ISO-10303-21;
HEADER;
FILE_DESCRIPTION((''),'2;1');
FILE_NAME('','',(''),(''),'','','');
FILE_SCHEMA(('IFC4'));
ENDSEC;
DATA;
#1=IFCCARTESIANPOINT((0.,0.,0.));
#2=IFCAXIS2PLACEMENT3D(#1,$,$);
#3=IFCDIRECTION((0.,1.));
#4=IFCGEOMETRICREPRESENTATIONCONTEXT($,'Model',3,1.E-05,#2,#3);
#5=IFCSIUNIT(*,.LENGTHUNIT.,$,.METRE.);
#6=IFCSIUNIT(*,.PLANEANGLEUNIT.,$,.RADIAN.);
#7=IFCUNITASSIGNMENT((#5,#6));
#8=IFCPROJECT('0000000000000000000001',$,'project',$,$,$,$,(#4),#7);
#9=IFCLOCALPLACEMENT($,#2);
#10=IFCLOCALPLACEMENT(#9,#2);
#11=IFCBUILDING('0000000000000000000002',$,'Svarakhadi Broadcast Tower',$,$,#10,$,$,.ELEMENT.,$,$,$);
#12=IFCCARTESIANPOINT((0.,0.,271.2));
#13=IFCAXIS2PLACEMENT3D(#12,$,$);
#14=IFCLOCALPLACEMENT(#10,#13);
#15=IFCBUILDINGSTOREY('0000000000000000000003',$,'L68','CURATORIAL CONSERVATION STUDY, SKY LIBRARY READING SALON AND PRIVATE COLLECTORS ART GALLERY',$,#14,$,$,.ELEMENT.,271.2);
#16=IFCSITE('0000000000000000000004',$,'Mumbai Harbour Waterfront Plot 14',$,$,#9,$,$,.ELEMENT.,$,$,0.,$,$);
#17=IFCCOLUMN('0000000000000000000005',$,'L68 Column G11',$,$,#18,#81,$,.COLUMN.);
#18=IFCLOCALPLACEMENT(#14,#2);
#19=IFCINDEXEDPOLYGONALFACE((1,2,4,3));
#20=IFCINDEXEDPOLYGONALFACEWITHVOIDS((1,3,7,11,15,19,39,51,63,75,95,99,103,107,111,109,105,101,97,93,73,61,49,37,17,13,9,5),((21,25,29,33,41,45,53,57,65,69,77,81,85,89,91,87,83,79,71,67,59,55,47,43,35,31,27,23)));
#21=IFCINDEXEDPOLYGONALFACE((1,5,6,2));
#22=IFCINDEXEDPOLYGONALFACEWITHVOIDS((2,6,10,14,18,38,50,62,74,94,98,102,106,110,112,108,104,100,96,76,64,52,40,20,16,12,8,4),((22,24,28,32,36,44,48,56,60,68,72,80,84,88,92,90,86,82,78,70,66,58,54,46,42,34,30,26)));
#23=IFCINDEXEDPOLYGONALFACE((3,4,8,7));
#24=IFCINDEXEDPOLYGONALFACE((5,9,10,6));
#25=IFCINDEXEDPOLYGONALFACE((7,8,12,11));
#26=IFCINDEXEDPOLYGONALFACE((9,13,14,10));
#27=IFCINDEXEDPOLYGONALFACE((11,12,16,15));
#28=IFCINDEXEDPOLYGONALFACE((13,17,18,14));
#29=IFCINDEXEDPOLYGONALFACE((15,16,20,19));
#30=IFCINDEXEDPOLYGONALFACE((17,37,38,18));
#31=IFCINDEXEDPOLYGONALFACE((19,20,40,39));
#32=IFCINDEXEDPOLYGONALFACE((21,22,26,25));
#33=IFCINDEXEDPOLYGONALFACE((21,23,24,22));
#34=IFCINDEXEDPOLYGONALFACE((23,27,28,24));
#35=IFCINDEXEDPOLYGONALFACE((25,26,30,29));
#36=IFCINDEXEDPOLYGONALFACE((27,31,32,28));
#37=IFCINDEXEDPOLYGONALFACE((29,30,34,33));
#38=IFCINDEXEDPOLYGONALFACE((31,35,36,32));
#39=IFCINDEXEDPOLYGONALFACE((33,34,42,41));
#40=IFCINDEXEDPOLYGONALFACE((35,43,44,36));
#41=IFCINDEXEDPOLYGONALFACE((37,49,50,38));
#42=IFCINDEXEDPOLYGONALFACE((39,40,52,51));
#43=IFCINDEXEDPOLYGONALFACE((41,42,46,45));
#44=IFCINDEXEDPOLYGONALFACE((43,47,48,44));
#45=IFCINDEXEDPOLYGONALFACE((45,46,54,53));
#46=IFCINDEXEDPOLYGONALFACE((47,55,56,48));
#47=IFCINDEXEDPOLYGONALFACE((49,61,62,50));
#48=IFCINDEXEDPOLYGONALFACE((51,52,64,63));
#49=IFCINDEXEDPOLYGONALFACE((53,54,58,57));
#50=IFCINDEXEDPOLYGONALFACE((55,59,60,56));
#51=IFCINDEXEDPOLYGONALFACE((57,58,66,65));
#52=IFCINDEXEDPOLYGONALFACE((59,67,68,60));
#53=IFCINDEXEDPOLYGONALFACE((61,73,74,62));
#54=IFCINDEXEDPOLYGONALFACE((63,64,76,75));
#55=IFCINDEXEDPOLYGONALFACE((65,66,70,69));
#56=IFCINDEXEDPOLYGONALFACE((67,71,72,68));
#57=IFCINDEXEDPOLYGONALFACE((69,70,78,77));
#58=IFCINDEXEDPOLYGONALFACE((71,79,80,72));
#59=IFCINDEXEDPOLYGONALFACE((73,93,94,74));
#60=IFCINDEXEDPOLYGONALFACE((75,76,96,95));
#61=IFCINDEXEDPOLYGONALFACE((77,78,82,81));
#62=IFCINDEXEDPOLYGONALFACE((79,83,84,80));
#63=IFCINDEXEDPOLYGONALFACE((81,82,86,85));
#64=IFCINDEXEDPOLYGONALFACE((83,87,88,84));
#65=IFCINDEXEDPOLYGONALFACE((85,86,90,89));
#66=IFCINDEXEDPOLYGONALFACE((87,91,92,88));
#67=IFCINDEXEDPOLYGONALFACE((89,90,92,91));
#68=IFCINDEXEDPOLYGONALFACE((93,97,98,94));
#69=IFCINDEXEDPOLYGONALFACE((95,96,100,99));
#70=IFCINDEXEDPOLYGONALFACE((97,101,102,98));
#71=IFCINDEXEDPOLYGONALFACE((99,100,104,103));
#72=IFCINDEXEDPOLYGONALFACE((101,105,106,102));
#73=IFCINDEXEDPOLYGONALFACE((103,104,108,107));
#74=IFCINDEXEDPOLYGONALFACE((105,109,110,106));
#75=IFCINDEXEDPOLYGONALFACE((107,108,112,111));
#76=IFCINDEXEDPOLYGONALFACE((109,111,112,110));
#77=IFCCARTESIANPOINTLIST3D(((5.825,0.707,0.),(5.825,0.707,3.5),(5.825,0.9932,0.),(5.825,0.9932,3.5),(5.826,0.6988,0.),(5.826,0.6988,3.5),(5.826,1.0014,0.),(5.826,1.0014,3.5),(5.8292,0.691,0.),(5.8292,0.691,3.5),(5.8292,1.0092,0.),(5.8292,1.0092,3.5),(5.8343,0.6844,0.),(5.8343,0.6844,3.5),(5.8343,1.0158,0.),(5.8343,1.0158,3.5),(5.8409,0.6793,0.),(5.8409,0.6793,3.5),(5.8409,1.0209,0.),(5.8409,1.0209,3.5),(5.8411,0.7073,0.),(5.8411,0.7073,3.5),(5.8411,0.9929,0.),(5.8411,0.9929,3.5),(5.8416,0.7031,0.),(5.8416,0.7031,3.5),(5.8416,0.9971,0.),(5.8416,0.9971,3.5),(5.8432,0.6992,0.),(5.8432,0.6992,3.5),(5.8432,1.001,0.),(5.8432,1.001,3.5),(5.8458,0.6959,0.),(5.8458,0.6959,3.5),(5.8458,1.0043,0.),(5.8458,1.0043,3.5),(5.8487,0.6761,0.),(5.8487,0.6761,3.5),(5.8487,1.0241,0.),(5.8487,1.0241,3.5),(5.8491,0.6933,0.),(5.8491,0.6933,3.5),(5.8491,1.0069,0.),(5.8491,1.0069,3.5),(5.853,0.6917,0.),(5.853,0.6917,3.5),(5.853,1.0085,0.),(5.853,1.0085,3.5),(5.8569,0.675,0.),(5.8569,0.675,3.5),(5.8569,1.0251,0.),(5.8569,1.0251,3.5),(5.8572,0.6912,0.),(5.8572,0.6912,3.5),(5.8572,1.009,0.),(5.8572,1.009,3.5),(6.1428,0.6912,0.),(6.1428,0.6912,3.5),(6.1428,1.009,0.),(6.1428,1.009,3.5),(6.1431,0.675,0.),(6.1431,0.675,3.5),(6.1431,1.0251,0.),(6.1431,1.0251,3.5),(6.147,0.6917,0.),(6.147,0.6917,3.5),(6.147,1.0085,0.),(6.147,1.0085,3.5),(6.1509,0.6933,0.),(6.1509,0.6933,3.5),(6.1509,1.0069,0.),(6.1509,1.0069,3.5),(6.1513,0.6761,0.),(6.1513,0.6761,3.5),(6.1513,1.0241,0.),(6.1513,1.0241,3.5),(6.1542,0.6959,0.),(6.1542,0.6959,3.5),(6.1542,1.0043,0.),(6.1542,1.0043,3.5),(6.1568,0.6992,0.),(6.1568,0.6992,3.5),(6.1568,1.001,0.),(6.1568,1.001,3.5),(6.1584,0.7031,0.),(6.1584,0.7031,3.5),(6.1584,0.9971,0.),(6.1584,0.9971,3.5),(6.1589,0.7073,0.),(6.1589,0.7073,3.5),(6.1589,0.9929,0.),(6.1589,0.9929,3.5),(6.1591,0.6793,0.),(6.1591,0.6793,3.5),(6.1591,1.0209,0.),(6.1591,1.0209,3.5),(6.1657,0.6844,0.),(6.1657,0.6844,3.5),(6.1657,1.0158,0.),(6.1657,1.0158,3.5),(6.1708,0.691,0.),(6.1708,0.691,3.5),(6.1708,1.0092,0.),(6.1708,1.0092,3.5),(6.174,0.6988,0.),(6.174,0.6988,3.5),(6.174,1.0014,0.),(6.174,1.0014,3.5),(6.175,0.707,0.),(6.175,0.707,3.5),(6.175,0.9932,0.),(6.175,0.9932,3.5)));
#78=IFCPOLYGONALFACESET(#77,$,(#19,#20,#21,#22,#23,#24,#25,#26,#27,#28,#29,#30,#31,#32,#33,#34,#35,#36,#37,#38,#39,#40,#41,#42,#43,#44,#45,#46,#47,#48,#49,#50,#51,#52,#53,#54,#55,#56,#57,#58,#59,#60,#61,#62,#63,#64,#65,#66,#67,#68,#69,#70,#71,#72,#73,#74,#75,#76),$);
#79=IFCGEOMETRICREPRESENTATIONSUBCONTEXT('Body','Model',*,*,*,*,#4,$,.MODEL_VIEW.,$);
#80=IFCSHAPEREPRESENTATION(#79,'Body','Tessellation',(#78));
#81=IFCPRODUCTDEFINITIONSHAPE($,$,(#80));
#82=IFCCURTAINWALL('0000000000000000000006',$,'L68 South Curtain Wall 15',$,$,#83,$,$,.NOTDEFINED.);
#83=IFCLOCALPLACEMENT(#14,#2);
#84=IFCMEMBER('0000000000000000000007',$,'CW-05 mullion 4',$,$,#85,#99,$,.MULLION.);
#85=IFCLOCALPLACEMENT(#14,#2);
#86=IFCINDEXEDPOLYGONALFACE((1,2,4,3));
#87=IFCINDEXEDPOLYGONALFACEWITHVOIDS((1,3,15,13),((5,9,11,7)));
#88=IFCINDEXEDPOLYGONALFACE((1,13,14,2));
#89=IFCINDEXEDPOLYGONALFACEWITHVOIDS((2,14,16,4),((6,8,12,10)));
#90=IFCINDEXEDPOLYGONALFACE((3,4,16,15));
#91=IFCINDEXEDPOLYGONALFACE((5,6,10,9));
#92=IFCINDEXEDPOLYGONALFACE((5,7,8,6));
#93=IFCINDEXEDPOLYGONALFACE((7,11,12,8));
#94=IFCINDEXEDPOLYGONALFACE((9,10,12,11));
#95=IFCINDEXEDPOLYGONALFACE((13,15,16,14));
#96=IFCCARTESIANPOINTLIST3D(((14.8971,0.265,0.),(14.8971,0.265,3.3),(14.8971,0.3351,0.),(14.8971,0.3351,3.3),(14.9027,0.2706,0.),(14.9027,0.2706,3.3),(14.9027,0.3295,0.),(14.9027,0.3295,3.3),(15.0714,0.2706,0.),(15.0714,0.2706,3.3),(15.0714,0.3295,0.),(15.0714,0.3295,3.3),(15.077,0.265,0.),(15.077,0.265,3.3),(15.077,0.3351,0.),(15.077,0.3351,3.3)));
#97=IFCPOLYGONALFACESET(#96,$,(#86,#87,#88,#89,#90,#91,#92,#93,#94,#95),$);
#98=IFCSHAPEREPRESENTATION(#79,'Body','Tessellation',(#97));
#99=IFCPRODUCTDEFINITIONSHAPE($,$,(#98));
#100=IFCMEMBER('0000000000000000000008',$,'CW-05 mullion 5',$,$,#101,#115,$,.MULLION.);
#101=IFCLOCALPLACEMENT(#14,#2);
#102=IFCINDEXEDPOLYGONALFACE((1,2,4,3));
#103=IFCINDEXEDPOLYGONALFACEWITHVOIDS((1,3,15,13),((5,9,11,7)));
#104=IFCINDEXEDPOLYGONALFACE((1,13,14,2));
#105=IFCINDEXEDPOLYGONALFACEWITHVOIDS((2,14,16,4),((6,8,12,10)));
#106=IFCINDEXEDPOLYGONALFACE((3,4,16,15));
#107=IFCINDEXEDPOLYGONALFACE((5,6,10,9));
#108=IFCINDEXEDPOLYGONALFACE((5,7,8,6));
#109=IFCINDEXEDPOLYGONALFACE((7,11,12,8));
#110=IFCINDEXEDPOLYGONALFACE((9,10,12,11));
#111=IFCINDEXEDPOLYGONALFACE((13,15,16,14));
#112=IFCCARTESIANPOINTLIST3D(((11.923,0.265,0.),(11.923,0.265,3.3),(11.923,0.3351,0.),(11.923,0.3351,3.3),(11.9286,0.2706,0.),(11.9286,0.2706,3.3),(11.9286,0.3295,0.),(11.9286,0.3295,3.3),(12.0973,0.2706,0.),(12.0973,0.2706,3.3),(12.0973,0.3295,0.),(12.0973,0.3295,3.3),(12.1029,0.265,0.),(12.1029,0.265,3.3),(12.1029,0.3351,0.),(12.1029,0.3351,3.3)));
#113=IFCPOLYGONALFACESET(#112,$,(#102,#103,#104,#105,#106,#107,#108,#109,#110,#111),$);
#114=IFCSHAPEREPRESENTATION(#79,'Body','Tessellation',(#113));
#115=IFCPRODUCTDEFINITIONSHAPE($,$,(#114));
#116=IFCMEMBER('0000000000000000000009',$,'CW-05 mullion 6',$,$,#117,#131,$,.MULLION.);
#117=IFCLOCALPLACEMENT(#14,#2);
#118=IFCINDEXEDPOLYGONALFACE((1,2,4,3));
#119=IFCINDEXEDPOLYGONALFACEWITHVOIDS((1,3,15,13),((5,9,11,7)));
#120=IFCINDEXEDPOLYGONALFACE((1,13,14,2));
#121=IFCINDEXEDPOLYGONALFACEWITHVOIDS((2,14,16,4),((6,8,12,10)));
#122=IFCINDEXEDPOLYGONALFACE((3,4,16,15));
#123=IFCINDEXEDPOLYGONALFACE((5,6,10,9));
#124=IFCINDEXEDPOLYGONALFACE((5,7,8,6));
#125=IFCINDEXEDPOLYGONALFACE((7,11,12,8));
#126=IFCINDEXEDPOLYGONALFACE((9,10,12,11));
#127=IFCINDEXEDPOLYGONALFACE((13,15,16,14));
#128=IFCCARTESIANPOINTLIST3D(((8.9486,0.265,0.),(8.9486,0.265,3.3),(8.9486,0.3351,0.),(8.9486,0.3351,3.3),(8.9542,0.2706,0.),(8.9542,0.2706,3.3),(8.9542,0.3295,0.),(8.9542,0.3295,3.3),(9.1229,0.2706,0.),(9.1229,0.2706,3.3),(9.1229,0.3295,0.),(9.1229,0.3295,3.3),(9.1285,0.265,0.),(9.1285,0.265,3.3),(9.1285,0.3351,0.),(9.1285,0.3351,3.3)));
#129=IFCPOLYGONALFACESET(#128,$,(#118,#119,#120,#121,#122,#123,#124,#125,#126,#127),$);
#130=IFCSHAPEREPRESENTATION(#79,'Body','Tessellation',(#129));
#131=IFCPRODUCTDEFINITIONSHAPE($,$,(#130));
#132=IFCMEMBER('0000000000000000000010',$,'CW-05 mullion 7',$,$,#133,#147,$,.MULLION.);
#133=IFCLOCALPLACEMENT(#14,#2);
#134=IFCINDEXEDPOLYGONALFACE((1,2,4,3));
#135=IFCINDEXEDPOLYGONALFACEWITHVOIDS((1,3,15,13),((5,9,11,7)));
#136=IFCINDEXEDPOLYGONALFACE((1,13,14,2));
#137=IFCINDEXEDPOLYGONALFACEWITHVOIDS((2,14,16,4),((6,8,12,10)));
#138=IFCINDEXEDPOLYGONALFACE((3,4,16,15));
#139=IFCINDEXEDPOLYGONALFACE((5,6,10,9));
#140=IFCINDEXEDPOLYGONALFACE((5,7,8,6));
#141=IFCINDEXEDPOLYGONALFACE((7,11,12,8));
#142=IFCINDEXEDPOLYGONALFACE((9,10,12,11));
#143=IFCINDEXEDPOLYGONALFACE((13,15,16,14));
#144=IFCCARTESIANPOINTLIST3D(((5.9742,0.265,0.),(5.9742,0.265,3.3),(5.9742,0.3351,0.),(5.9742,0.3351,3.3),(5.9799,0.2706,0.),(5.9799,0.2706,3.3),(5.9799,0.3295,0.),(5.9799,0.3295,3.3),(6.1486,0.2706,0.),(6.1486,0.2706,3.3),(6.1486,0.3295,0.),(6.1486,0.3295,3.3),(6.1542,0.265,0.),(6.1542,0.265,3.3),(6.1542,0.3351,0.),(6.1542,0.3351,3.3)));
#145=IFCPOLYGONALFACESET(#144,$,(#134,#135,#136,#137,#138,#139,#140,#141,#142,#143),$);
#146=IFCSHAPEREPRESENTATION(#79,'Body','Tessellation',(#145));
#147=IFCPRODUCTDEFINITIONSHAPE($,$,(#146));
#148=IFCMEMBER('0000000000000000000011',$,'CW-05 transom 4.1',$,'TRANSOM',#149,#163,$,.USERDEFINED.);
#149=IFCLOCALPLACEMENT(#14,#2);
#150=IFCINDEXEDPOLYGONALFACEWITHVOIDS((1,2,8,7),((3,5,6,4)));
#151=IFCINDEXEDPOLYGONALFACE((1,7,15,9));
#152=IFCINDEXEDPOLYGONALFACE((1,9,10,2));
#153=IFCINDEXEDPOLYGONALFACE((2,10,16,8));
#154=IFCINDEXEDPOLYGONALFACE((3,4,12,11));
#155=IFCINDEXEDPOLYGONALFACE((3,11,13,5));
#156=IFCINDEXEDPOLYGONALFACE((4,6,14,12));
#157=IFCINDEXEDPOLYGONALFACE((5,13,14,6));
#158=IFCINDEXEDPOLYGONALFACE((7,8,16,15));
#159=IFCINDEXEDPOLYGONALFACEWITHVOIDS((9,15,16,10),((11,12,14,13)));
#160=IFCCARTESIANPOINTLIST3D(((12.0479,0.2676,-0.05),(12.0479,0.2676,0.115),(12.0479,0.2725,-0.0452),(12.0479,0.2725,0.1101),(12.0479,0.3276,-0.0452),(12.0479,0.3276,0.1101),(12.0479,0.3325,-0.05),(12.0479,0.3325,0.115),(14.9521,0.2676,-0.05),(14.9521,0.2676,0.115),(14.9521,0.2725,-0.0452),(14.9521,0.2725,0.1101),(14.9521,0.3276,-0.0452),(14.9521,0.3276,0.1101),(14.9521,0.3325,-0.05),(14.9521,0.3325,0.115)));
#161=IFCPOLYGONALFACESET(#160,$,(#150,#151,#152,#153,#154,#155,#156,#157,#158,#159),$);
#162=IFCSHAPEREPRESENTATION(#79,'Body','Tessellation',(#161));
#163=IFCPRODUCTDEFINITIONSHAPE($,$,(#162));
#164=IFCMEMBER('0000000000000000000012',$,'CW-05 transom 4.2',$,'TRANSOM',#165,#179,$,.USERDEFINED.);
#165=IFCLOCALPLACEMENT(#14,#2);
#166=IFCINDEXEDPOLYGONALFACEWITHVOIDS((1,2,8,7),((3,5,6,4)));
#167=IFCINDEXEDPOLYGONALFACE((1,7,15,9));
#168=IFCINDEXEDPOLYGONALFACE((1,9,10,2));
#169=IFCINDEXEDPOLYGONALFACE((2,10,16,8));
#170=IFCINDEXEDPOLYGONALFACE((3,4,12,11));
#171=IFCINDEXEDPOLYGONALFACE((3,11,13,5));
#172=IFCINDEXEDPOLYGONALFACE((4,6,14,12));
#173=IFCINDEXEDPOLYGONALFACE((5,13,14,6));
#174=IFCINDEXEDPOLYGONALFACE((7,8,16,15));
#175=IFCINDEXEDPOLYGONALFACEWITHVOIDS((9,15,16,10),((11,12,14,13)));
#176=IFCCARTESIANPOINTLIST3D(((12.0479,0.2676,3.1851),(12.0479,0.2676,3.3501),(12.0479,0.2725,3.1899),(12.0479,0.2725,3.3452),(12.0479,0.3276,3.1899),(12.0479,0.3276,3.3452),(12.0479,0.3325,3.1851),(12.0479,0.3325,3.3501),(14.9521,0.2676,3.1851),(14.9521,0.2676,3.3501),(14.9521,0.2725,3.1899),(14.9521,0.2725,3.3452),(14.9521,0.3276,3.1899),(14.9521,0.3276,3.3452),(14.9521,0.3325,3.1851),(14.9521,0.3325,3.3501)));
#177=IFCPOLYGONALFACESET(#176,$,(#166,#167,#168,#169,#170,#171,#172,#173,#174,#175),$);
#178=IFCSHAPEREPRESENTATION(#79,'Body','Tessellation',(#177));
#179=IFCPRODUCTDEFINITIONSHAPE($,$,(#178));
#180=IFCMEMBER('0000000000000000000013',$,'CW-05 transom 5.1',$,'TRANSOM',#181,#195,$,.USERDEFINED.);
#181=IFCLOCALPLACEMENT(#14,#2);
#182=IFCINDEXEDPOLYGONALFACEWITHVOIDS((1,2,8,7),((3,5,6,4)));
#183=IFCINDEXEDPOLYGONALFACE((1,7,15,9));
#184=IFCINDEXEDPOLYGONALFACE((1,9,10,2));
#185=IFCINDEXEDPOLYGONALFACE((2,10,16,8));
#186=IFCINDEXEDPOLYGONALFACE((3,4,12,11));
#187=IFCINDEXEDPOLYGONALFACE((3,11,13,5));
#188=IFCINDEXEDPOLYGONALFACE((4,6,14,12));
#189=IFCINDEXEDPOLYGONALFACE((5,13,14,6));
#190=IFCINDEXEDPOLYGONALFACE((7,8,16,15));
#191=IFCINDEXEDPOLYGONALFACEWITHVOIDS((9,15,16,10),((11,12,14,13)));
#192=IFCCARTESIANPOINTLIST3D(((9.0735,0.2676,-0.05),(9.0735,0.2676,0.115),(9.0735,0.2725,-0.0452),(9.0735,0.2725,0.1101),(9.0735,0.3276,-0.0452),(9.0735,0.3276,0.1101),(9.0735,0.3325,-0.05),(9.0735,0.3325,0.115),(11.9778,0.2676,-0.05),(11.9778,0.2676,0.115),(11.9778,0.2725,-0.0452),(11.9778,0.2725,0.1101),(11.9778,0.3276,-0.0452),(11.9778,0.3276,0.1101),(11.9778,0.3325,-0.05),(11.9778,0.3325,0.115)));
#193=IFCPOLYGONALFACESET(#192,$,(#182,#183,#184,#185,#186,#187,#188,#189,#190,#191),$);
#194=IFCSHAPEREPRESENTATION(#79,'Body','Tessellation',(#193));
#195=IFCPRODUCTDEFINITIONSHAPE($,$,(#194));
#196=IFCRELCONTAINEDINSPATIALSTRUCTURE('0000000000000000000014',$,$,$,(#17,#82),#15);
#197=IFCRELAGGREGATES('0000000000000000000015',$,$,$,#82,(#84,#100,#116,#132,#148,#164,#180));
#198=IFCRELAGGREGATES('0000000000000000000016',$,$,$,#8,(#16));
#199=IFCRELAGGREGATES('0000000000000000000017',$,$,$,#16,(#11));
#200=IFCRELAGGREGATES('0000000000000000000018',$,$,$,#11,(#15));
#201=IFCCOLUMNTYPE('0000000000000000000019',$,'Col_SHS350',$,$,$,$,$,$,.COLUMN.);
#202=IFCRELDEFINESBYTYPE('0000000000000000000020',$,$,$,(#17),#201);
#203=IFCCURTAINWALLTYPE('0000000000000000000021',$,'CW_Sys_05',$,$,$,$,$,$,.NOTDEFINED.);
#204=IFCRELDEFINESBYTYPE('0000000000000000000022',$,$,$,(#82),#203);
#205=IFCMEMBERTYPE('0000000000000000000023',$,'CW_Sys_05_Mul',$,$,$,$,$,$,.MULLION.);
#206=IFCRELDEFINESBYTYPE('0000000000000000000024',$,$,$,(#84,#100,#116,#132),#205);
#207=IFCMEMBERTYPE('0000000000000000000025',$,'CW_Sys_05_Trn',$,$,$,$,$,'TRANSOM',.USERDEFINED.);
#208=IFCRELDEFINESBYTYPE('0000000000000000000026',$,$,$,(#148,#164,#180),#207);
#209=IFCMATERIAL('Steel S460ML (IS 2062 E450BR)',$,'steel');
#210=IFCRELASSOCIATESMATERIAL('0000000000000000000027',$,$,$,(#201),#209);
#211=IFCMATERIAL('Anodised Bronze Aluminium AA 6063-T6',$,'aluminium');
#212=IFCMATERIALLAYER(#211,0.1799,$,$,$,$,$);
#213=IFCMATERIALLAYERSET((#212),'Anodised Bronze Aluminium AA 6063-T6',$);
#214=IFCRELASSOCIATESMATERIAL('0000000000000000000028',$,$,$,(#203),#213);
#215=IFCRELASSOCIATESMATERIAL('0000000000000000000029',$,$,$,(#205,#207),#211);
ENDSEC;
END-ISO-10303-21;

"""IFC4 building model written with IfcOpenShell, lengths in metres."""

from ifc_helpers import new_model, si_unit, direction, frame, origin, origin_2d, place, context, subcontext, project, spatial, hollow_rectangle, extrude, material, layer, layer_set, material_profile, profile_set, type_object, element, aggregate, save


model = new_model("IFC4")

# Units and contexts
model_context = context("Model", 3, precision=1e-05, world=origin(), true_north=direction((0.0, 1.0)))
body_context = subcontext(model_context, "Body", "Model", "MODEL_VIEW")
ifc_project = project(units=[si_unit("LENGTHUNIT", "METRE"), si_unit("PLANEANGLEUNIT", "RADIAN")], contexts=[model_context])

# Site, building, storey
site_placement = place(None, origin())
site = spatial("IfcSite", under=ifc_project, at=site_placement, Name="Mumbai Harbour Waterfront Plot 14", CompositionType="ELEMENT", RefElevation=0.0)
building_placement = place(site_placement, origin())
building = spatial("IfcBuilding", under=site, at=building_placement, Name="Svarakhadi Broadcast Tower", CompositionType="ELEMENT")
storey_placement = place(building_placement, frame((0.0, 0.0, 271.2)))
storey = spatial("IfcBuildingStorey", under=building, at=storey_placement, Name="L68", Description="CURATORIAL CONSERVATION STUDY, SKY LIBRARY READING SALON AND PRIVATE COLLECTORS ART GALLERY", CompositionType="ELEMENT", Elevation=271.2)

# Column
ifc_material_1 = material(Name="Steel S460ML (IS 2062 E450BR)", Category="steel")
ifc_material_profile_1 = material_profile(ifc_material_1, hollow_rectangle(XDim=0.3501, YDim=0.3501, WallThickness=0.0161, InnerFilletRadius=0.0161, OuterFilletRadius=0.032, at=origin_2d()), Name="SHS 350x350x16")
ifc_profile_set_1 = profile_set([ifc_material_profile_1], Name="Steel S460ML (IS 2062 E450BR)")
column_type = type_object("IfcColumnType", Name="Col_SHS350", PredefinedType="COLUMN", material=ifc_profile_set_1)
column_placement = place(storey_placement, frame((6.0, 0.8501, 0.0), z_axis=(0.0, 0.0, 1.0), x_axis=(1.0, 0.0, 0.0)))
element("IfcColumn", 1, at=column_placement, inside=storey, type_object=column_type, Name="L68 Column G11", PredefinedType="COLUMN", context=body_context, shape_type="SweptSolid", body=[
    extrude(hollow_rectangle(XDim=0.3501, YDim=0.3501, WallThickness=0.0161, InnerFilletRadius=0.0161, OuterFilletRadius=0.032, at=origin_2d()), origin(), (0.0, 0.0, 1.0), 3.5),
])

# Curtain wall, members
ifc_material_2 = material(Name="Anodised Bronze Aluminium AA 6063-T6", Category="aluminium")
ifc_layer_1 = layer(ifc_material_2, 0.1799)
ifc_layer_set_1 = layer_set([ifc_layer_1], Name="Anodised Bronze Aluminium AA 6063-T6")
curtain_wall_type = type_object("IfcCurtainWallType", Name="CW_Sys_05", PredefinedType="NOTDEFINED", material=ifc_layer_set_1)
curtain_wall_placement = place(storey_placement, origin())
curtain_wall = element("IfcCurtainWall", 2, at=curtain_wall_placement, inside=storey, type_object=curtain_wall_type, Name="L68 South Curtain Wall 15", PredefinedType="NOTDEFINED")
ifc_material_profile_2 = material_profile(ifc_material_2, hollow_rectangle(XDim=0.0701, YDim=0.1799, WallThickness=0.0056, at=origin_2d()), Name="ALU MULLION 180x70x6")
ifc_profile_set_2 = profile_set([ifc_material_profile_2], Name="Anodised Bronze Aluminium AA 6063-T6")
member_type_1 = type_object("IfcMemberType", Name="CW_Sys_05_Mul", PredefinedType="MULLION", material=ifc_profile_set_2)
member_1_placement = place(storey_placement, frame((14.9871, 0.3, 0.0), z_axis=(0.0, 0.0, 1.0), x_axis=(0.0, -1.0, 0.0)))
member_1 = element("IfcMember", 3, at=member_1_placement, type_object=member_type_1, Name="CW-05 mullion 4", PredefinedType="MULLION", context=body_context, shape_type="SweptSolid", body=[
    extrude(hollow_rectangle(XDim=0.0701, YDim=0.1799, WallThickness=0.0056, at=origin_2d()), origin(), (0.0, 0.0, 1.0), 3.3),
])
member_2_placement = place(storey_placement, frame((12.0129, 0.3, 0.0), z_axis=(0.0, 0.0, 1.0), x_axis=(0.0, -1.0, 0.0)))
member_2 = element("IfcMember", 4, at=member_2_placement, type_object=member_type_1, Name="CW-05 mullion 5", PredefinedType="MULLION", context=body_context, shape_type="SweptSolid", body=[
    extrude(hollow_rectangle(XDim=0.0701, YDim=0.1799, WallThickness=0.0056, at=origin_2d()), origin(), (0.0, 0.0, 1.0), 3.3),
])
member_3_placement = place(storey_placement, frame((9.0386, 0.3, 0.0), z_axis=(0.0, 0.0, 1.0), x_axis=(0.0, -1.0, 0.0)))
member_3 = element("IfcMember", 5, at=member_3_placement, type_object=member_type_1, Name="CW-05 mullion 6", PredefinedType="MULLION", context=body_context, shape_type="SweptSolid", body=[
    extrude(hollow_rectangle(XDim=0.0701, YDim=0.1799, WallThickness=0.0056, at=origin_2d()), origin(), (0.0, 0.0, 1.0), 3.3),
])
member_4_placement = place(storey_placement, frame((6.0642, 0.3, 0.0), z_axis=(0.0, 0.0, 1.0), x_axis=(0.0, -1.0, 0.0)))
member_4 = element("IfcMember", 6, at=member_4_placement, type_object=member_type_1, Name="CW-05 mullion 7", PredefinedType="MULLION", context=body_context, shape_type="SweptSolid", body=[
    extrude(hollow_rectangle(XDim=0.0701, YDim=0.1799, WallThickness=0.0056, at=origin_2d()), origin(), (0.0, 0.0, 1.0), 3.3),
])
ifc_material_profile_3 = material_profile(ifc_material_2, hollow_rectangle(XDim=0.0649, YDim=0.165, WallThickness=0.0049, at=origin_2d()), Name="ALU TRANSOM 165x65x5")
ifc_profile_set_3 = profile_set([ifc_material_profile_3], Name="Anodised Bronze Aluminium AA 6063-T6")
member_type_2 = type_object("IfcMemberType", Name="CW_Sys_05_Trn", ElementType="TRANSOM", PredefinedType="USERDEFINED", material=ifc_profile_set_3)
member_5_placement = place(storey_placement, frame((14.9521, 0.3, 0.0325), z_axis=(-1.0, 0.0, 0.0), x_axis=(0.0, -1.0, 0.0)))
member_5 = element("IfcMember", 7, at=member_5_placement, type_object=member_type_2, Name="CW-05 transom 4.1", ObjectType="TRANSOM", PredefinedType="USERDEFINED", context=body_context, shape_type="SweptSolid", body=[
    extrude(hollow_rectangle(XDim=0.0649, YDim=0.165, WallThickness=0.0049, at=origin_2d()), origin(), (0.0, 0.0, 1.0), 2.9043),
])
member_6_placement = place(storey_placement, frame((14.9521, 0.3, 3.2676), z_axis=(-1.0, 0.0, 0.0), x_axis=(0.0, -1.0, 0.0)))
member_6 = element("IfcMember", 8, at=member_6_placement, type_object=member_type_2, Name="CW-05 transom 4.2", ObjectType="TRANSOM", PredefinedType="USERDEFINED", context=body_context, shape_type="SweptSolid", body=[
    extrude(hollow_rectangle(XDim=0.0649, YDim=0.165, WallThickness=0.0049, at=origin_2d()), origin(), (0.0, 0.0, 1.0), 2.9043),
])
member_7_placement = place(storey_placement, frame((11.9778, 0.3, 0.0325), z_axis=(-1.0, 0.0, 0.0), x_axis=(0.0, -1.0, 0.0)))
member_7 = element("IfcMember", 9, at=member_7_placement, type_object=member_type_2, Name="CW-05 transom 5.1", ObjectType="TRANSOM", PredefinedType="USERDEFINED", context=body_context, shape_type="SweptSolid", body=[
    extrude(hollow_rectangle(XDim=0.0649, YDim=0.165, WallThickness=0.0049, at=origin_2d()), origin(), (0.0, 0.0, 1.0), 2.9043),
])

aggregate(curtain_wall, [member_1, member_2, member_3, member_4, member_5, member_6, member_7])

save(model, "model.ifc")
